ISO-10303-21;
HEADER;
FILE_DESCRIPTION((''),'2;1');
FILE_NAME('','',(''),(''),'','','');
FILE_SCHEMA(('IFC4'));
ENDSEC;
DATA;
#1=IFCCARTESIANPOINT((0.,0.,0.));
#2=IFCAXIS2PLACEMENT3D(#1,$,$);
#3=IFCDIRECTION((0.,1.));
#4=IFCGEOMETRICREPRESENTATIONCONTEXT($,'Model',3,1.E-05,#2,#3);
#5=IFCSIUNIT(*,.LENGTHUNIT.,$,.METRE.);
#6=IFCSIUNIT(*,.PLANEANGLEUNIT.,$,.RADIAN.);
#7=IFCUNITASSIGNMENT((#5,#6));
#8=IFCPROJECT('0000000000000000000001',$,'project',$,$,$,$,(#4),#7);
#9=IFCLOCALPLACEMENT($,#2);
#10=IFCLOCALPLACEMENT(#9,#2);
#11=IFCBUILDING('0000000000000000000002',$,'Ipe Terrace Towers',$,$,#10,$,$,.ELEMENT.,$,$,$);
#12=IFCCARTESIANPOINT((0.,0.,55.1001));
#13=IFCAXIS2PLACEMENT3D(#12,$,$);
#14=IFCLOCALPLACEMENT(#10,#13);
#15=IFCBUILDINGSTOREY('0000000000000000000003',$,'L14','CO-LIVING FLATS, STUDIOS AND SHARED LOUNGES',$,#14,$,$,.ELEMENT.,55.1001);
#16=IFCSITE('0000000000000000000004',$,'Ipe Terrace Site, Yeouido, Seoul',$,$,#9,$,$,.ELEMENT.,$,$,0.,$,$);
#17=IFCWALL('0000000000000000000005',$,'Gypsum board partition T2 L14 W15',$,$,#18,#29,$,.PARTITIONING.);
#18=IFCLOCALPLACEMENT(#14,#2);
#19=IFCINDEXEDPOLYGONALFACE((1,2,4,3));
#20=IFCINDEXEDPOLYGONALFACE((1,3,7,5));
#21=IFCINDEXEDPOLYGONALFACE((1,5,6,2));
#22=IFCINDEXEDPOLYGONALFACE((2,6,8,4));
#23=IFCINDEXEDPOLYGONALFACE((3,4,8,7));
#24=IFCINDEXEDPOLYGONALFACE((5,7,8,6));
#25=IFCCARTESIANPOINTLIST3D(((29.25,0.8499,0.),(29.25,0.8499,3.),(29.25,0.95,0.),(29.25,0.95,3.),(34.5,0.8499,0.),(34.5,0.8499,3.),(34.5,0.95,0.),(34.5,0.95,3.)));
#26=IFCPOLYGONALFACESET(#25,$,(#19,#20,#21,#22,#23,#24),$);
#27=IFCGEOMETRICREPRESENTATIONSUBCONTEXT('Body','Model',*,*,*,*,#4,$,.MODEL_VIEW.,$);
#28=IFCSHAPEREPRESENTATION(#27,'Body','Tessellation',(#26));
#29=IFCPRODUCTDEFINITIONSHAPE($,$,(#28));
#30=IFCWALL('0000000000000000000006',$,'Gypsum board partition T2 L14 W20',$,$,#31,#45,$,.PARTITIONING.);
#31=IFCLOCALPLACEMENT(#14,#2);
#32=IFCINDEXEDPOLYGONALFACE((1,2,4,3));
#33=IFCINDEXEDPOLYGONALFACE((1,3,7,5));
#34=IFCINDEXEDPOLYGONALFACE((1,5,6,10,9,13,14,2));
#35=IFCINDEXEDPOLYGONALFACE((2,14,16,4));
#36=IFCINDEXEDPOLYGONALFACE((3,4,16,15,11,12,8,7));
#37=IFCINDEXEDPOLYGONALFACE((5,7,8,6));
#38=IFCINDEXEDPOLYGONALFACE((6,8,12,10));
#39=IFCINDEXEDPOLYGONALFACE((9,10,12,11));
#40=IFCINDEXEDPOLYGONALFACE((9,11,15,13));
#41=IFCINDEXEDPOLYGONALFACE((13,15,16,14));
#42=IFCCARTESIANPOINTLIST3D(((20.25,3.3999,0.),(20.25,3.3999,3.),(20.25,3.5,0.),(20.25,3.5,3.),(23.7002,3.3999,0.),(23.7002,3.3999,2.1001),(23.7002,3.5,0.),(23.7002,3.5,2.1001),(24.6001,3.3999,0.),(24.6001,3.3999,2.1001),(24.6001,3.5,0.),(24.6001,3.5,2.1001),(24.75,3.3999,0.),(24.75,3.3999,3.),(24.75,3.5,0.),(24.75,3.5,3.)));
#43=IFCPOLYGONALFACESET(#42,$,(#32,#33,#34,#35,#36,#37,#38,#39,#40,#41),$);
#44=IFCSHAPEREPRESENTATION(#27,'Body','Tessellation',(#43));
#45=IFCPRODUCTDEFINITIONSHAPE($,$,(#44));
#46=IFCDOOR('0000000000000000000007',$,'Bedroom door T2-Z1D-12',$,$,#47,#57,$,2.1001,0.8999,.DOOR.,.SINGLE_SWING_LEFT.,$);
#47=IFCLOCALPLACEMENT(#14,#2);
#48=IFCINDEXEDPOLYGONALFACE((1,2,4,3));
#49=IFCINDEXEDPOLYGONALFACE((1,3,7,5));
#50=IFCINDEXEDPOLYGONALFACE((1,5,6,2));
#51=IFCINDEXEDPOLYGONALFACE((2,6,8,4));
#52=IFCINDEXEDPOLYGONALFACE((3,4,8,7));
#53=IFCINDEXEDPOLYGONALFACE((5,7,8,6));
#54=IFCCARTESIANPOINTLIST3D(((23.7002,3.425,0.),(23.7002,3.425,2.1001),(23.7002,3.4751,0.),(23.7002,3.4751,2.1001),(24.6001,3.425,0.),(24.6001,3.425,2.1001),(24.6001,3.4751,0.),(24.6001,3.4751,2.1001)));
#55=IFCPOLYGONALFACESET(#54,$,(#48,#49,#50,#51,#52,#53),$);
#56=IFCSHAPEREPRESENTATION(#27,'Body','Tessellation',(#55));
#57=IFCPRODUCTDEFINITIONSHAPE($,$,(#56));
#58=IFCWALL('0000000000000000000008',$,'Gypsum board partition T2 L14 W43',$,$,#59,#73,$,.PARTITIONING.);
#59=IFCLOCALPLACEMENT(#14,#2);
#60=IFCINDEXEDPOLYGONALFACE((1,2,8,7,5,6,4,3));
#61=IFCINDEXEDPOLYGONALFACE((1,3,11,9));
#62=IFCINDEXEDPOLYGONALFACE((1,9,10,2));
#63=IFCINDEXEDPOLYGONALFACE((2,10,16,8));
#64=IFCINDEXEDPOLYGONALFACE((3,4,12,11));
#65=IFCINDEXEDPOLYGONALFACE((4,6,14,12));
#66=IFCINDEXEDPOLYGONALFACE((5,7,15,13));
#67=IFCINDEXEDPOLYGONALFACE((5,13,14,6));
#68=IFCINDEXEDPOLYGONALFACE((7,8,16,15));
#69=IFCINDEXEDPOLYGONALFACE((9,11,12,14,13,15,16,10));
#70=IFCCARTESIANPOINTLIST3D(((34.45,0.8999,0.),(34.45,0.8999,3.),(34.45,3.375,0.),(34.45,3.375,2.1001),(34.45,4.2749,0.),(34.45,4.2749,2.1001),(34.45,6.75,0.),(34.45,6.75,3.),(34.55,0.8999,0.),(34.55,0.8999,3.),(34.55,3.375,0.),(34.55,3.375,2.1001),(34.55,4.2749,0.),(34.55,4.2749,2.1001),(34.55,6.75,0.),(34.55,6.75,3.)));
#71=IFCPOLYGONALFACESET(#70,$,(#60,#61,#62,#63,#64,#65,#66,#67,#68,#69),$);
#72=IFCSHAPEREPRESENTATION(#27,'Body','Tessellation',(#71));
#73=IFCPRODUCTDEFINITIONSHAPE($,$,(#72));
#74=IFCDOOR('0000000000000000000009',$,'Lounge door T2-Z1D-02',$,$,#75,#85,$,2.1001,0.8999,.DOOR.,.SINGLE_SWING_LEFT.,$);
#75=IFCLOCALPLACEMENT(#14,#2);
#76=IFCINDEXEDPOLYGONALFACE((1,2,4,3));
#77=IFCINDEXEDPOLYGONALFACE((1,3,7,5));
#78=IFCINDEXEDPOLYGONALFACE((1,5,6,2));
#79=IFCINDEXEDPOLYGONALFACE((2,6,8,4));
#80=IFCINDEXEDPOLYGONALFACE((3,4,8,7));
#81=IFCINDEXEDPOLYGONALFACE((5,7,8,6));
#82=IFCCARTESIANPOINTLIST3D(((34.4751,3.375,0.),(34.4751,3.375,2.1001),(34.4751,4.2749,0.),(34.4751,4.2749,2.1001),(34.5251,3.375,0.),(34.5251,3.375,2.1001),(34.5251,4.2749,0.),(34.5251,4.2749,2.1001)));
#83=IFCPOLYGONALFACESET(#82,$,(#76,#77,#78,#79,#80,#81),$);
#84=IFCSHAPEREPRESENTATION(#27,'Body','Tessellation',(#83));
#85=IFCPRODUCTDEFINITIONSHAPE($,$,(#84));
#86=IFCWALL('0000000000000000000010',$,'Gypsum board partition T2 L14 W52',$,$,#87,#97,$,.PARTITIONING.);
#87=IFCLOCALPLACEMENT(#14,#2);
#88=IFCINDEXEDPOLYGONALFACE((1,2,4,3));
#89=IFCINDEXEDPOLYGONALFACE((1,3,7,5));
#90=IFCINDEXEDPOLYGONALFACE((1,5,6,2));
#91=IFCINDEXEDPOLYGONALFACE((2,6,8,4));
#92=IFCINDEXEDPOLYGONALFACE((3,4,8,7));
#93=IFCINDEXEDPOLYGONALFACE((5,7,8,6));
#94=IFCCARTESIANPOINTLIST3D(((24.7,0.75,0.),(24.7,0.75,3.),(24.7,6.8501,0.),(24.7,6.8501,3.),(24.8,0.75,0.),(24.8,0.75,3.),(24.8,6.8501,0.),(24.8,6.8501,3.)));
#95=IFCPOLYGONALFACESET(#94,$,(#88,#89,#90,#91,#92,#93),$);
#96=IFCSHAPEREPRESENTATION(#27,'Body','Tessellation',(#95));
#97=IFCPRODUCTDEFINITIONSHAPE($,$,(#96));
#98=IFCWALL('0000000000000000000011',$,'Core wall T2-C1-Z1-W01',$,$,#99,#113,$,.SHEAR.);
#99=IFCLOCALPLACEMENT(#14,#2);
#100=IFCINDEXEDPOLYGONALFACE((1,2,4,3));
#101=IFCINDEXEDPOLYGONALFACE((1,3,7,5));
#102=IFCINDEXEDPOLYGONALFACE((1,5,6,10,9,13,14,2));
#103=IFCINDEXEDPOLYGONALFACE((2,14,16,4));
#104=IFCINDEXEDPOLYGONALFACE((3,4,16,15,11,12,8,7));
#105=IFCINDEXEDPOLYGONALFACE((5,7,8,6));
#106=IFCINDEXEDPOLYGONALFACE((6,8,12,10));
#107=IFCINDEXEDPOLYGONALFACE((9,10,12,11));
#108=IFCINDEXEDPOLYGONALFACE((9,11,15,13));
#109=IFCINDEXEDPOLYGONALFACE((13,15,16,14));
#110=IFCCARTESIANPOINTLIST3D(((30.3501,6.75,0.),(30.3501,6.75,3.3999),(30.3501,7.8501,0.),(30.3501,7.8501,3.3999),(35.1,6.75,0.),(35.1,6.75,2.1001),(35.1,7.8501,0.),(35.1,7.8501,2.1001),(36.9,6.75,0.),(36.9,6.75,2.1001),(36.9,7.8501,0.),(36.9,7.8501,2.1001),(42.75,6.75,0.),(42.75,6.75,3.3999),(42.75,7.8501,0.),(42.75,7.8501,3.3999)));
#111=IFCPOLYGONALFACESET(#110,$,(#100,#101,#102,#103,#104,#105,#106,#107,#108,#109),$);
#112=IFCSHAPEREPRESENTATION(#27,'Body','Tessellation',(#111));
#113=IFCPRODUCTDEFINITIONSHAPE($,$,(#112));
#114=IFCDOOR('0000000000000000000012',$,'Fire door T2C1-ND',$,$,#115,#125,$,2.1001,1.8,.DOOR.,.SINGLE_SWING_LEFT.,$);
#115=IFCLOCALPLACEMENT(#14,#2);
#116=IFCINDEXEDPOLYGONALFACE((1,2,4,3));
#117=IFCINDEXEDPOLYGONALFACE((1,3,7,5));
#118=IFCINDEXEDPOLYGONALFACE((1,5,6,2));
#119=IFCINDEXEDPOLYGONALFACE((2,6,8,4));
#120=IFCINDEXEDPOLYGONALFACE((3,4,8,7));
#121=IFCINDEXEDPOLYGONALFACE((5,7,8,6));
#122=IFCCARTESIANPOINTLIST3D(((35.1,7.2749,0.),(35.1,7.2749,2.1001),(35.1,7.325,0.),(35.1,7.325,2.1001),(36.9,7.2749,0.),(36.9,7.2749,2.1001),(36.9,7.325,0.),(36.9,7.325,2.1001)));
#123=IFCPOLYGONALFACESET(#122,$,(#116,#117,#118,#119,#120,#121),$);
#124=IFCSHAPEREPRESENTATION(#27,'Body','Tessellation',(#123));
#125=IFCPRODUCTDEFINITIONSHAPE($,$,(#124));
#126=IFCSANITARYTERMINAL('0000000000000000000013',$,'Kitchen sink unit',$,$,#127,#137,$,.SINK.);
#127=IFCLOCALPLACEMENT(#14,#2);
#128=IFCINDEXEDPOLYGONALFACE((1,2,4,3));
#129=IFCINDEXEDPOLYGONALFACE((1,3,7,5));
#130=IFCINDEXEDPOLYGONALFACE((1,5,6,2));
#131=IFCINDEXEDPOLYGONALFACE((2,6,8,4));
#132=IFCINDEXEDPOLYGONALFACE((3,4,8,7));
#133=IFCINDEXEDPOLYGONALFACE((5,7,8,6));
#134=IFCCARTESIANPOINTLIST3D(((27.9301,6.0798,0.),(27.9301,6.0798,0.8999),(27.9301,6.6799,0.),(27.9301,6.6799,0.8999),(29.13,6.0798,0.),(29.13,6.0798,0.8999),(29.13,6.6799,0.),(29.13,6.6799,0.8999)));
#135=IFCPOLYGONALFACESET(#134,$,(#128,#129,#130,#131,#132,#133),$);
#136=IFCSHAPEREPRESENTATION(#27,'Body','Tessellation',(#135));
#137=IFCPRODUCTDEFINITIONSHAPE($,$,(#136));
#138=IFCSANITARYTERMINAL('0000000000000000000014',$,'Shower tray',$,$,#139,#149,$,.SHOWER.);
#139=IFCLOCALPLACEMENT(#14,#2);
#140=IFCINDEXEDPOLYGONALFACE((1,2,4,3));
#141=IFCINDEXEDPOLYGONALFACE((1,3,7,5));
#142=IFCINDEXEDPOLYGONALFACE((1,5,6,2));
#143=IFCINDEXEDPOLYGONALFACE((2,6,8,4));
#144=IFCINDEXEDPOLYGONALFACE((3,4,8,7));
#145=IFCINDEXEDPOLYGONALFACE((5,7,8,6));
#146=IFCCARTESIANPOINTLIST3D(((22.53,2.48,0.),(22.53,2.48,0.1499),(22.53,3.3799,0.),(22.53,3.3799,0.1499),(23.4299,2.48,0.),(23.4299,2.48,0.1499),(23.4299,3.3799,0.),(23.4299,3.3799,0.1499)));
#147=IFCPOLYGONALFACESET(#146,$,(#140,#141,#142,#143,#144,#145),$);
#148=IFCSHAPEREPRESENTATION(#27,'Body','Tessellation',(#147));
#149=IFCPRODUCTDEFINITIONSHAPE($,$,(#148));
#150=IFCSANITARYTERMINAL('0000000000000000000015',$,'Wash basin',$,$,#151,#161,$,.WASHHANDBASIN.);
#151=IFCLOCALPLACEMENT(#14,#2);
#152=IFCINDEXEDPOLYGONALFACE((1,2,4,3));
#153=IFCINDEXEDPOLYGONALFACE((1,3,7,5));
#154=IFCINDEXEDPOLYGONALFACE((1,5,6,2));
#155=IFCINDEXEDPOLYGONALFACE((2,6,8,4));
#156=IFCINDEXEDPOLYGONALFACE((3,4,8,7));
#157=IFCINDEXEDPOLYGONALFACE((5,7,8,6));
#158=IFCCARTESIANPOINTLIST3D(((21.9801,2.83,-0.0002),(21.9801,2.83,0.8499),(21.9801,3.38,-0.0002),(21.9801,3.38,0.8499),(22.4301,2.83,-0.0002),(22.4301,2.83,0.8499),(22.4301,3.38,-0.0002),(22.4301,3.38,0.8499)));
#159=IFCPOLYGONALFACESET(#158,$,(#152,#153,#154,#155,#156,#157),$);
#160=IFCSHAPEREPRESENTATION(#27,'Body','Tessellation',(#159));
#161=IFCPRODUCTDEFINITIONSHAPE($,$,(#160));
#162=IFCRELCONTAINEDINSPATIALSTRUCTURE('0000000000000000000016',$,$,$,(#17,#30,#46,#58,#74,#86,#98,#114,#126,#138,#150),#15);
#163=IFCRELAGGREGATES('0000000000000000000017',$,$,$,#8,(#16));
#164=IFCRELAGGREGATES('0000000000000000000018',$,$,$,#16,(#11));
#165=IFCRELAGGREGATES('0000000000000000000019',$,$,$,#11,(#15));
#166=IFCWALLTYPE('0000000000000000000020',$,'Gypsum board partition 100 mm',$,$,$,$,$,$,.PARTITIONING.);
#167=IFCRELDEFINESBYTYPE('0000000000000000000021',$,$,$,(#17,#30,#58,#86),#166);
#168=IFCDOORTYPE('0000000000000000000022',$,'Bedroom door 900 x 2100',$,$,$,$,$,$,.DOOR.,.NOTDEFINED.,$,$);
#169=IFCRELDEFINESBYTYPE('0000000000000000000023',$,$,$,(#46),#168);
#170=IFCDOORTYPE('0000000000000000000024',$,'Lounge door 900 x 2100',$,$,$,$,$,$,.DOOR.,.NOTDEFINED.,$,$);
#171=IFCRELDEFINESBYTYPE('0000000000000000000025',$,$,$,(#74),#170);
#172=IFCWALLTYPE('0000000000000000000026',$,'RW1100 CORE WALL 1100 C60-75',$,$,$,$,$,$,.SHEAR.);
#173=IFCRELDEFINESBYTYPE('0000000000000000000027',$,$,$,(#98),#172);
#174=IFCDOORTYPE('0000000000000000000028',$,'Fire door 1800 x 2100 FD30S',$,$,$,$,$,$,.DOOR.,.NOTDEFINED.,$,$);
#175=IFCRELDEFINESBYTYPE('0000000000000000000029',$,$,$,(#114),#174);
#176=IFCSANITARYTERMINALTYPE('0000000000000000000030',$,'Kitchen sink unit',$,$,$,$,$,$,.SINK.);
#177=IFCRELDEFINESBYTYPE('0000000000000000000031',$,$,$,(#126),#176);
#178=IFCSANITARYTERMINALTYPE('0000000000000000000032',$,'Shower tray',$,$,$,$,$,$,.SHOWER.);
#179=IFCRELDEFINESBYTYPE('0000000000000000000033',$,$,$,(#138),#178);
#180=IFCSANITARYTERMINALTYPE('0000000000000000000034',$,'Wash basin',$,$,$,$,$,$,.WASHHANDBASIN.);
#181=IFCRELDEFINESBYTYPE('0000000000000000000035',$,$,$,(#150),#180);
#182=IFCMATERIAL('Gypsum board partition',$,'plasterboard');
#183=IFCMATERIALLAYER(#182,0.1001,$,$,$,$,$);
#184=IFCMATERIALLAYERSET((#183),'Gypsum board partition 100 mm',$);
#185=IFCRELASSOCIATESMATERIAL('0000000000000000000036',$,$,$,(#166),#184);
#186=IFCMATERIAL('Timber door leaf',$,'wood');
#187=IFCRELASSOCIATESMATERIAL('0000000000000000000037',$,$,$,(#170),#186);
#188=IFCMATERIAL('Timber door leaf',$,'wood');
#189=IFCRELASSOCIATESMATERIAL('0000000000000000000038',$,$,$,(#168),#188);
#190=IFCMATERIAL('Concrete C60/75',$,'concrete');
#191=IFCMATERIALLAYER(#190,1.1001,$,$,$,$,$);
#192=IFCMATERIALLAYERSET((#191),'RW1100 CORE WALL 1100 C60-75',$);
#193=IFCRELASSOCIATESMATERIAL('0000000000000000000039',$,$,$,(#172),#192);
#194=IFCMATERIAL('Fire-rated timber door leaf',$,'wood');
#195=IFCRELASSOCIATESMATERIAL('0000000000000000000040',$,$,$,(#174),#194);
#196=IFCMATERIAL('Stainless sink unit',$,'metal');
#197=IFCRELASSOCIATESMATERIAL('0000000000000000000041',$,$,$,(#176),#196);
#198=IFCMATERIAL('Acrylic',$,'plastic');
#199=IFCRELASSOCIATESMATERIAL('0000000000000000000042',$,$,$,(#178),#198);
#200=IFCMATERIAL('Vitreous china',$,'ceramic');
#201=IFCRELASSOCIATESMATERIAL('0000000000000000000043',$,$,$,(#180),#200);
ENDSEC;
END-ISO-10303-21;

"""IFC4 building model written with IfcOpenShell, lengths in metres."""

from ifc_helpers import new_model, si_unit, direction, frame, frame_2d, origin, origin_2d, place, context, subcontext, project, spatial, rectangle, extrude, material, layer, layer_set, type_object, element, fill, save


model = new_model("IFC4")

# Units and contexts
model_context = context("Model", 3, precision=1e-05, world=origin(), true_north=direction((0.0, 1.0)))
body_context = subcontext(model_context, "Body", "Model", "MODEL_VIEW")
ifc_project = project(units=[si_unit("LENGTHUNIT", "METRE"), si_unit("PLANEANGLEUNIT", "RADIAN")], contexts=[model_context])

# Site, building, storey
site_placement = place(None, origin())
site = spatial("IfcSite", under=ifc_project, at=site_placement, Name="Ipe Terrace Site, Yeouido, Seoul", CompositionType="ELEMENT", RefElevation=0.0)
building_placement = place(site_placement, origin())
building = spatial("IfcBuilding", under=site, at=building_placement, Name="Ipe Terrace Towers", CompositionType="ELEMENT")
storey_placement = place(building_placement, frame((0.0, 0.0, 55.1001)))
storey = spatial("IfcBuildingStorey", under=building, at=storey_placement, Name="L14", Description="CO-LIVING FLATS, STUDIOS AND SHARED LOUNGES", CompositionType="ELEMENT", Elevation=55.1001)

# Shared definitions
ifc_material_1 = material(Name="Gypsum board partition", Category="plasterboard")
ifc_layer_1 = layer(ifc_material_1, 0.1001)
ifc_layer_set_1 = layer_set([ifc_layer_1], Name="Gypsum board partition 100 mm")
wall_type_1 = type_object("IfcWallType", Name="Gypsum board partition 100 mm", PredefinedType="PARTITIONING", material=ifc_layer_set_1)
ifc_material_2 = material(Name="Timber door leaf", Category="wood")
door_type_1 = type_object("IfcDoorType", Name="Lounge door 900 x 2100", OperationType="NOTDEFINED", PredefinedType="DOOR", material=ifc_material_2)

# Wall
wall_1_placement = place(storey_placement, frame((34.5, 0.8999, 0.0), z_axis=(0.0, 0.0, 1.0), x_axis=(-1.0, 0.0, 0.0)))
element("IfcWall", 1, at=wall_1_placement, inside=storey, type_object=wall_type_1, Name="Gypsum board partition T2 L14 W15", PredefinedType="PARTITIONING", context=body_context, shape_type="SweptSolid", body=[
    extrude(rectangle(XDim=5.25, YDim=0.1001, at=frame_2d((2.625, 0.0))), origin(), (0.0, 0.0, 1.0), 3.0),
])

# Walls, openings, doors
wall_2_placement = place(storey_placement, frame((24.75, 3.45, 0.0), z_axis=(0.0, 0.0, 1.0), x_axis=(-1.0, 0.0, 0.0)))
wall_2 = element("IfcWall", 2, at=wall_2_placement, inside=storey, type_object=wall_type_1, Name="Gypsum board partition T2 L14 W20", PredefinedType="PARTITIONING", context=body_context, shape_type="SweptSolid", body=[
    extrude(rectangle(XDim=4.5, YDim=0.1001, at=frame_2d((2.25, 0.0))), origin(), (0.0, 0.0, 1.0), 3.0),
])
opening_1_placement = place(wall_2_placement, frame((0.1499, 0.0, 0.0)))
opening_1 = element("IfcOpeningElement", 3, at=opening_1_placement, cuts=wall_2, PredefinedType="OPENING", context=body_context, shape_type="SweptSolid", body=[
    extrude(rectangle(XDim=0.8999, YDim=2.1001, at=frame_2d((0.45, 1.05))), frame((0.0, 0.0601, 0.0), z_axis=(0.0, -1.0, 0.0), x_axis=(1.0, 0.0, 0.0)), (0.0, 0.0, 1.0), 0.1201),
])
ifc_material_3 = material(Name="Timber door leaf", Category="wood")
door_type_2 = type_object("IfcDoorType", Name="Bedroom door 900 x 2100", OperationType="NOTDEFINED", PredefinedType="DOOR", material=ifc_material_3)
door_1_placement = place(opening_1_placement, origin())
door_1 = element("IfcDoor", 4, at=door_1_placement, inside=storey, type_object=door_type_2, Name="Bedroom door T2-Z1D-12", OperationType="SINGLE_SWING_LEFT", OverallHeight=2.1001, OverallWidth=0.8999, PredefinedType="DOOR", context=body_context, shape_type="SweptSolid", body=[
    extrude(rectangle(XDim=0.8999, YDim=2.1001, at=frame_2d((0.45, 1.05))), frame((0.0, 0.0249, 0.0), z_axis=(0.0, -1.0, 0.0), x_axis=(1.0, 0.0, 0.0)), (0.0, 0.0, 1.0), 0.05),
])
fill(opening_1, door_1)
wall_3_placement = place(storey_placement, frame((34.5, 0.8999, 0.0), z_axis=(0.0, 0.0, 1.0), x_axis=(0.0, 1.0, 0.0)))
wall_3 = element("IfcWall", 5, at=wall_3_placement, inside=storey, type_object=wall_type_1, Name="Gypsum board partition T2 L14 W43", PredefinedType="PARTITIONING", context=body_context, shape_type="SweptSolid", body=[
    extrude(rectangle(XDim=5.8501, YDim=0.1001, at=frame_2d((2.925, 0.0))), origin(), (0.0, 0.0, 1.0), 3.0),
])
opening_2_placement = place(wall_3_placement, frame((2.4751, 0.0, 0.0)))
opening_2 = element("IfcOpeningElement", 6, at=opening_2_placement, cuts=wall_3, PredefinedType="OPENING", context=body_context, shape_type="SweptSolid", body=[
    extrude(rectangle(XDim=0.8999, YDim=2.1001, at=frame_2d((0.45, 1.05))), frame((0.0, 0.0601, 0.0), z_axis=(0.0, -1.0, 0.0), x_axis=(1.0, 0.0, 0.0)), (0.0, 0.0, 1.0), 0.1201),
])
door_2_placement = place(opening_2_placement, origin())
door_2 = element("IfcDoor", 7, at=door_2_placement, inside=storey, type_object=door_type_1, Name="Lounge door T2-Z1D-02", OperationType="SINGLE_SWING_LEFT", OverallHeight=2.1001, OverallWidth=0.8999, PredefinedType="DOOR", context=body_context, shape_type="SweptSolid", body=[
    extrude(rectangle(XDim=0.8999, YDim=2.1001, at=frame_2d((0.45, 1.05))), frame((0.0, 0.0249, 0.0), z_axis=(0.0, -1.0, 0.0), x_axis=(1.0, 0.0, 0.0)), (0.0, 0.0, 1.0), 0.05),
])
fill(opening_2, door_2)

# Wall
wall_4_placement = place(storey_placement, frame((24.75, 0.75, 0.0), z_axis=(0.0, 0.0, 1.0), x_axis=(0.0, 1.0, 0.0)))
element("IfcWall", 8, at=wall_4_placement, inside=storey, type_object=wall_type_1, Name="Gypsum board partition T2 L14 W52", PredefinedType="PARTITIONING", context=body_context, shape_type="SweptSolid", body=[
    extrude(rectangle(XDim=6.1001, YDim=0.1001, at=frame_2d((3.05, 0.0))), origin(), (0.0, 0.0, 1.0), 3.0),
])

# Wall, opening, door
ifc_material_4 = material(Name="Concrete C60/75", Category="concrete")
ifc_layer_2 = layer(ifc_material_4, 1.1001)
ifc_layer_set_2 = layer_set([ifc_layer_2], Name="RW1100 CORE WALL 1100 C60-75")
wall_type_2 = type_object("IfcWallType", Name="RW1100 CORE WALL 1100 C60-75", PredefinedType="SHEAR", material=ifc_layer_set_2)
wall_5_placement = place(storey_placement, frame((30.3501, 7.3, 0.0), z_axis=(0.0, 0.0, 1.0), x_axis=(1.0, 0.0, 0.0)))
wall_5 = element("IfcWall", 9, at=wall_5_placement, inside=storey, type_object=wall_type_2, Name="Core wall T2-C1-Z1-W01", PredefinedType="SHEAR", context=body_context, shape_type="SweptSolid", body=[
    extrude(rectangle(XDim=12.3999, YDim=1.1001, at=frame_2d((6.2, 0.0))), origin(), (0.0, 0.0, 1.0), 3.3999),
])
opening_3_placement = place(wall_5_placement, frame((4.75, 0.0, 0.0)))
opening_3 = element("IfcOpeningElement", 10, at=opening_3_placement, cuts=wall_5, PredefinedType="OPENING", context=body_context, shape_type="SweptSolid", body=[
    extrude(rectangle(XDim=1.8, YDim=2.1001, at=frame_2d((0.8999, 1.05))), frame((0.0, 0.5601, 0.0), z_axis=(0.0, -1.0, 0.0), x_axis=(1.0, 0.0, 0.0)), (0.0, 0.0, 1.0), 1.1201),
])
ifc_material_5 = material(Name="Fire-rated timber door leaf", Category="wood")
door_type_3 = type_object("IfcDoorType", Name="Fire door 1800 x 2100 FD30S", OperationType="NOTDEFINED", PredefinedType="DOOR", material=ifc_material_5)
door_3_placement = place(opening_3_placement, origin())
door_3 = element("IfcDoor", 11, at=door_3_placement, inside=storey, type_object=door_type_3, Name="Fire door T2C1-ND", OperationType="SINGLE_SWING_LEFT", OverallHeight=2.1001, OverallWidth=1.8, PredefinedType="DOOR", context=body_context, shape_type="SweptSolid", body=[
    extrude(rectangle(XDim=1.8, YDim=2.1001, at=frame_2d((0.8999, 1.05))), frame((0.0, 0.0249, 0.0), z_axis=(0.0, -1.0, 0.0), x_axis=(1.0, 0.0, 0.0)), (0.0, 0.0, 1.0), 0.05),
])
fill(opening_3, door_3)

# Sanitary terminals
ifc_material_6 = material(Name="Stainless sink unit", Category="metal")
sanitary_terminal_type_1 = type_object("IfcSanitaryTerminalType", Name="Kitchen sink unit", PredefinedType="SINK", material=ifc_material_6)
sanitary_terminal_1_placement = place(storey_placement, frame((28.53, 6.3799, 0.0), z_axis=(0.0, 0.0, 1.0), x_axis=(1.0, 0.0, 0.0)))
element("IfcSanitaryTerminal", 12, at=sanitary_terminal_1_placement, inside=storey, type_object=sanitary_terminal_type_1, Name="Kitchen sink unit", PredefinedType="SINK", context=body_context, shape_type="SweptSolid", body=[
    extrude(rectangle(XDim=1.2, YDim=0.6001, at=origin_2d()), origin(), (0.0, 0.0, 1.0), 0.8999),
])
ifc_material_7 = material(Name="Acrylic", Category="plastic")
sanitary_terminal_type_2 = type_object("IfcSanitaryTerminalType", Name="Shower tray", PredefinedType="SHOWER", material=ifc_material_7)
sanitary_terminal_2_placement = place(storey_placement, frame((22.98, 2.9299, 0.0), z_axis=(0.0, 0.0, 1.0), x_axis=(0.0, -1.0, 0.0)))
element("IfcSanitaryTerminal", 13, at=sanitary_terminal_2_placement, inside=storey, type_object=sanitary_terminal_type_2, Name="Shower tray", PredefinedType="SHOWER", context=body_context, shape_type="SweptSolid", body=[
    extrude(rectangle(XDim=0.8999, YDim=0.8999, at=origin_2d()), origin(), (0.0, 0.0, 1.0), 0.1499),
])
ifc_material_8 = material(Name="Vitreous china", Category="ceramic")
sanitary_terminal_type_3 = type_object("IfcSanitaryTerminalType", Name="Wash basin", PredefinedType="WASHHANDBASIN", material=ifc_material_8)
sanitary_terminal_3_placement = place(storey_placement, frame((22.2051, 3.105, -0.0002), z_axis=(0.0, 0.0, 1.0), x_axis=(0.0, -1.0, 0.0)))
element("IfcSanitaryTerminal", 14, at=sanitary_terminal_3_placement, inside=storey, type_object=sanitary_terminal_type_3, Name="Wash basin", PredefinedType="WASHHANDBASIN", context=body_context, shape_type="SweptSolid", body=[
    extrude(rectangle(XDim=0.55, YDim=0.45, at=origin_2d()), origin(), (0.0, 0.0, 1.0), 0.8501),
])

save(model, "model.ifc")
